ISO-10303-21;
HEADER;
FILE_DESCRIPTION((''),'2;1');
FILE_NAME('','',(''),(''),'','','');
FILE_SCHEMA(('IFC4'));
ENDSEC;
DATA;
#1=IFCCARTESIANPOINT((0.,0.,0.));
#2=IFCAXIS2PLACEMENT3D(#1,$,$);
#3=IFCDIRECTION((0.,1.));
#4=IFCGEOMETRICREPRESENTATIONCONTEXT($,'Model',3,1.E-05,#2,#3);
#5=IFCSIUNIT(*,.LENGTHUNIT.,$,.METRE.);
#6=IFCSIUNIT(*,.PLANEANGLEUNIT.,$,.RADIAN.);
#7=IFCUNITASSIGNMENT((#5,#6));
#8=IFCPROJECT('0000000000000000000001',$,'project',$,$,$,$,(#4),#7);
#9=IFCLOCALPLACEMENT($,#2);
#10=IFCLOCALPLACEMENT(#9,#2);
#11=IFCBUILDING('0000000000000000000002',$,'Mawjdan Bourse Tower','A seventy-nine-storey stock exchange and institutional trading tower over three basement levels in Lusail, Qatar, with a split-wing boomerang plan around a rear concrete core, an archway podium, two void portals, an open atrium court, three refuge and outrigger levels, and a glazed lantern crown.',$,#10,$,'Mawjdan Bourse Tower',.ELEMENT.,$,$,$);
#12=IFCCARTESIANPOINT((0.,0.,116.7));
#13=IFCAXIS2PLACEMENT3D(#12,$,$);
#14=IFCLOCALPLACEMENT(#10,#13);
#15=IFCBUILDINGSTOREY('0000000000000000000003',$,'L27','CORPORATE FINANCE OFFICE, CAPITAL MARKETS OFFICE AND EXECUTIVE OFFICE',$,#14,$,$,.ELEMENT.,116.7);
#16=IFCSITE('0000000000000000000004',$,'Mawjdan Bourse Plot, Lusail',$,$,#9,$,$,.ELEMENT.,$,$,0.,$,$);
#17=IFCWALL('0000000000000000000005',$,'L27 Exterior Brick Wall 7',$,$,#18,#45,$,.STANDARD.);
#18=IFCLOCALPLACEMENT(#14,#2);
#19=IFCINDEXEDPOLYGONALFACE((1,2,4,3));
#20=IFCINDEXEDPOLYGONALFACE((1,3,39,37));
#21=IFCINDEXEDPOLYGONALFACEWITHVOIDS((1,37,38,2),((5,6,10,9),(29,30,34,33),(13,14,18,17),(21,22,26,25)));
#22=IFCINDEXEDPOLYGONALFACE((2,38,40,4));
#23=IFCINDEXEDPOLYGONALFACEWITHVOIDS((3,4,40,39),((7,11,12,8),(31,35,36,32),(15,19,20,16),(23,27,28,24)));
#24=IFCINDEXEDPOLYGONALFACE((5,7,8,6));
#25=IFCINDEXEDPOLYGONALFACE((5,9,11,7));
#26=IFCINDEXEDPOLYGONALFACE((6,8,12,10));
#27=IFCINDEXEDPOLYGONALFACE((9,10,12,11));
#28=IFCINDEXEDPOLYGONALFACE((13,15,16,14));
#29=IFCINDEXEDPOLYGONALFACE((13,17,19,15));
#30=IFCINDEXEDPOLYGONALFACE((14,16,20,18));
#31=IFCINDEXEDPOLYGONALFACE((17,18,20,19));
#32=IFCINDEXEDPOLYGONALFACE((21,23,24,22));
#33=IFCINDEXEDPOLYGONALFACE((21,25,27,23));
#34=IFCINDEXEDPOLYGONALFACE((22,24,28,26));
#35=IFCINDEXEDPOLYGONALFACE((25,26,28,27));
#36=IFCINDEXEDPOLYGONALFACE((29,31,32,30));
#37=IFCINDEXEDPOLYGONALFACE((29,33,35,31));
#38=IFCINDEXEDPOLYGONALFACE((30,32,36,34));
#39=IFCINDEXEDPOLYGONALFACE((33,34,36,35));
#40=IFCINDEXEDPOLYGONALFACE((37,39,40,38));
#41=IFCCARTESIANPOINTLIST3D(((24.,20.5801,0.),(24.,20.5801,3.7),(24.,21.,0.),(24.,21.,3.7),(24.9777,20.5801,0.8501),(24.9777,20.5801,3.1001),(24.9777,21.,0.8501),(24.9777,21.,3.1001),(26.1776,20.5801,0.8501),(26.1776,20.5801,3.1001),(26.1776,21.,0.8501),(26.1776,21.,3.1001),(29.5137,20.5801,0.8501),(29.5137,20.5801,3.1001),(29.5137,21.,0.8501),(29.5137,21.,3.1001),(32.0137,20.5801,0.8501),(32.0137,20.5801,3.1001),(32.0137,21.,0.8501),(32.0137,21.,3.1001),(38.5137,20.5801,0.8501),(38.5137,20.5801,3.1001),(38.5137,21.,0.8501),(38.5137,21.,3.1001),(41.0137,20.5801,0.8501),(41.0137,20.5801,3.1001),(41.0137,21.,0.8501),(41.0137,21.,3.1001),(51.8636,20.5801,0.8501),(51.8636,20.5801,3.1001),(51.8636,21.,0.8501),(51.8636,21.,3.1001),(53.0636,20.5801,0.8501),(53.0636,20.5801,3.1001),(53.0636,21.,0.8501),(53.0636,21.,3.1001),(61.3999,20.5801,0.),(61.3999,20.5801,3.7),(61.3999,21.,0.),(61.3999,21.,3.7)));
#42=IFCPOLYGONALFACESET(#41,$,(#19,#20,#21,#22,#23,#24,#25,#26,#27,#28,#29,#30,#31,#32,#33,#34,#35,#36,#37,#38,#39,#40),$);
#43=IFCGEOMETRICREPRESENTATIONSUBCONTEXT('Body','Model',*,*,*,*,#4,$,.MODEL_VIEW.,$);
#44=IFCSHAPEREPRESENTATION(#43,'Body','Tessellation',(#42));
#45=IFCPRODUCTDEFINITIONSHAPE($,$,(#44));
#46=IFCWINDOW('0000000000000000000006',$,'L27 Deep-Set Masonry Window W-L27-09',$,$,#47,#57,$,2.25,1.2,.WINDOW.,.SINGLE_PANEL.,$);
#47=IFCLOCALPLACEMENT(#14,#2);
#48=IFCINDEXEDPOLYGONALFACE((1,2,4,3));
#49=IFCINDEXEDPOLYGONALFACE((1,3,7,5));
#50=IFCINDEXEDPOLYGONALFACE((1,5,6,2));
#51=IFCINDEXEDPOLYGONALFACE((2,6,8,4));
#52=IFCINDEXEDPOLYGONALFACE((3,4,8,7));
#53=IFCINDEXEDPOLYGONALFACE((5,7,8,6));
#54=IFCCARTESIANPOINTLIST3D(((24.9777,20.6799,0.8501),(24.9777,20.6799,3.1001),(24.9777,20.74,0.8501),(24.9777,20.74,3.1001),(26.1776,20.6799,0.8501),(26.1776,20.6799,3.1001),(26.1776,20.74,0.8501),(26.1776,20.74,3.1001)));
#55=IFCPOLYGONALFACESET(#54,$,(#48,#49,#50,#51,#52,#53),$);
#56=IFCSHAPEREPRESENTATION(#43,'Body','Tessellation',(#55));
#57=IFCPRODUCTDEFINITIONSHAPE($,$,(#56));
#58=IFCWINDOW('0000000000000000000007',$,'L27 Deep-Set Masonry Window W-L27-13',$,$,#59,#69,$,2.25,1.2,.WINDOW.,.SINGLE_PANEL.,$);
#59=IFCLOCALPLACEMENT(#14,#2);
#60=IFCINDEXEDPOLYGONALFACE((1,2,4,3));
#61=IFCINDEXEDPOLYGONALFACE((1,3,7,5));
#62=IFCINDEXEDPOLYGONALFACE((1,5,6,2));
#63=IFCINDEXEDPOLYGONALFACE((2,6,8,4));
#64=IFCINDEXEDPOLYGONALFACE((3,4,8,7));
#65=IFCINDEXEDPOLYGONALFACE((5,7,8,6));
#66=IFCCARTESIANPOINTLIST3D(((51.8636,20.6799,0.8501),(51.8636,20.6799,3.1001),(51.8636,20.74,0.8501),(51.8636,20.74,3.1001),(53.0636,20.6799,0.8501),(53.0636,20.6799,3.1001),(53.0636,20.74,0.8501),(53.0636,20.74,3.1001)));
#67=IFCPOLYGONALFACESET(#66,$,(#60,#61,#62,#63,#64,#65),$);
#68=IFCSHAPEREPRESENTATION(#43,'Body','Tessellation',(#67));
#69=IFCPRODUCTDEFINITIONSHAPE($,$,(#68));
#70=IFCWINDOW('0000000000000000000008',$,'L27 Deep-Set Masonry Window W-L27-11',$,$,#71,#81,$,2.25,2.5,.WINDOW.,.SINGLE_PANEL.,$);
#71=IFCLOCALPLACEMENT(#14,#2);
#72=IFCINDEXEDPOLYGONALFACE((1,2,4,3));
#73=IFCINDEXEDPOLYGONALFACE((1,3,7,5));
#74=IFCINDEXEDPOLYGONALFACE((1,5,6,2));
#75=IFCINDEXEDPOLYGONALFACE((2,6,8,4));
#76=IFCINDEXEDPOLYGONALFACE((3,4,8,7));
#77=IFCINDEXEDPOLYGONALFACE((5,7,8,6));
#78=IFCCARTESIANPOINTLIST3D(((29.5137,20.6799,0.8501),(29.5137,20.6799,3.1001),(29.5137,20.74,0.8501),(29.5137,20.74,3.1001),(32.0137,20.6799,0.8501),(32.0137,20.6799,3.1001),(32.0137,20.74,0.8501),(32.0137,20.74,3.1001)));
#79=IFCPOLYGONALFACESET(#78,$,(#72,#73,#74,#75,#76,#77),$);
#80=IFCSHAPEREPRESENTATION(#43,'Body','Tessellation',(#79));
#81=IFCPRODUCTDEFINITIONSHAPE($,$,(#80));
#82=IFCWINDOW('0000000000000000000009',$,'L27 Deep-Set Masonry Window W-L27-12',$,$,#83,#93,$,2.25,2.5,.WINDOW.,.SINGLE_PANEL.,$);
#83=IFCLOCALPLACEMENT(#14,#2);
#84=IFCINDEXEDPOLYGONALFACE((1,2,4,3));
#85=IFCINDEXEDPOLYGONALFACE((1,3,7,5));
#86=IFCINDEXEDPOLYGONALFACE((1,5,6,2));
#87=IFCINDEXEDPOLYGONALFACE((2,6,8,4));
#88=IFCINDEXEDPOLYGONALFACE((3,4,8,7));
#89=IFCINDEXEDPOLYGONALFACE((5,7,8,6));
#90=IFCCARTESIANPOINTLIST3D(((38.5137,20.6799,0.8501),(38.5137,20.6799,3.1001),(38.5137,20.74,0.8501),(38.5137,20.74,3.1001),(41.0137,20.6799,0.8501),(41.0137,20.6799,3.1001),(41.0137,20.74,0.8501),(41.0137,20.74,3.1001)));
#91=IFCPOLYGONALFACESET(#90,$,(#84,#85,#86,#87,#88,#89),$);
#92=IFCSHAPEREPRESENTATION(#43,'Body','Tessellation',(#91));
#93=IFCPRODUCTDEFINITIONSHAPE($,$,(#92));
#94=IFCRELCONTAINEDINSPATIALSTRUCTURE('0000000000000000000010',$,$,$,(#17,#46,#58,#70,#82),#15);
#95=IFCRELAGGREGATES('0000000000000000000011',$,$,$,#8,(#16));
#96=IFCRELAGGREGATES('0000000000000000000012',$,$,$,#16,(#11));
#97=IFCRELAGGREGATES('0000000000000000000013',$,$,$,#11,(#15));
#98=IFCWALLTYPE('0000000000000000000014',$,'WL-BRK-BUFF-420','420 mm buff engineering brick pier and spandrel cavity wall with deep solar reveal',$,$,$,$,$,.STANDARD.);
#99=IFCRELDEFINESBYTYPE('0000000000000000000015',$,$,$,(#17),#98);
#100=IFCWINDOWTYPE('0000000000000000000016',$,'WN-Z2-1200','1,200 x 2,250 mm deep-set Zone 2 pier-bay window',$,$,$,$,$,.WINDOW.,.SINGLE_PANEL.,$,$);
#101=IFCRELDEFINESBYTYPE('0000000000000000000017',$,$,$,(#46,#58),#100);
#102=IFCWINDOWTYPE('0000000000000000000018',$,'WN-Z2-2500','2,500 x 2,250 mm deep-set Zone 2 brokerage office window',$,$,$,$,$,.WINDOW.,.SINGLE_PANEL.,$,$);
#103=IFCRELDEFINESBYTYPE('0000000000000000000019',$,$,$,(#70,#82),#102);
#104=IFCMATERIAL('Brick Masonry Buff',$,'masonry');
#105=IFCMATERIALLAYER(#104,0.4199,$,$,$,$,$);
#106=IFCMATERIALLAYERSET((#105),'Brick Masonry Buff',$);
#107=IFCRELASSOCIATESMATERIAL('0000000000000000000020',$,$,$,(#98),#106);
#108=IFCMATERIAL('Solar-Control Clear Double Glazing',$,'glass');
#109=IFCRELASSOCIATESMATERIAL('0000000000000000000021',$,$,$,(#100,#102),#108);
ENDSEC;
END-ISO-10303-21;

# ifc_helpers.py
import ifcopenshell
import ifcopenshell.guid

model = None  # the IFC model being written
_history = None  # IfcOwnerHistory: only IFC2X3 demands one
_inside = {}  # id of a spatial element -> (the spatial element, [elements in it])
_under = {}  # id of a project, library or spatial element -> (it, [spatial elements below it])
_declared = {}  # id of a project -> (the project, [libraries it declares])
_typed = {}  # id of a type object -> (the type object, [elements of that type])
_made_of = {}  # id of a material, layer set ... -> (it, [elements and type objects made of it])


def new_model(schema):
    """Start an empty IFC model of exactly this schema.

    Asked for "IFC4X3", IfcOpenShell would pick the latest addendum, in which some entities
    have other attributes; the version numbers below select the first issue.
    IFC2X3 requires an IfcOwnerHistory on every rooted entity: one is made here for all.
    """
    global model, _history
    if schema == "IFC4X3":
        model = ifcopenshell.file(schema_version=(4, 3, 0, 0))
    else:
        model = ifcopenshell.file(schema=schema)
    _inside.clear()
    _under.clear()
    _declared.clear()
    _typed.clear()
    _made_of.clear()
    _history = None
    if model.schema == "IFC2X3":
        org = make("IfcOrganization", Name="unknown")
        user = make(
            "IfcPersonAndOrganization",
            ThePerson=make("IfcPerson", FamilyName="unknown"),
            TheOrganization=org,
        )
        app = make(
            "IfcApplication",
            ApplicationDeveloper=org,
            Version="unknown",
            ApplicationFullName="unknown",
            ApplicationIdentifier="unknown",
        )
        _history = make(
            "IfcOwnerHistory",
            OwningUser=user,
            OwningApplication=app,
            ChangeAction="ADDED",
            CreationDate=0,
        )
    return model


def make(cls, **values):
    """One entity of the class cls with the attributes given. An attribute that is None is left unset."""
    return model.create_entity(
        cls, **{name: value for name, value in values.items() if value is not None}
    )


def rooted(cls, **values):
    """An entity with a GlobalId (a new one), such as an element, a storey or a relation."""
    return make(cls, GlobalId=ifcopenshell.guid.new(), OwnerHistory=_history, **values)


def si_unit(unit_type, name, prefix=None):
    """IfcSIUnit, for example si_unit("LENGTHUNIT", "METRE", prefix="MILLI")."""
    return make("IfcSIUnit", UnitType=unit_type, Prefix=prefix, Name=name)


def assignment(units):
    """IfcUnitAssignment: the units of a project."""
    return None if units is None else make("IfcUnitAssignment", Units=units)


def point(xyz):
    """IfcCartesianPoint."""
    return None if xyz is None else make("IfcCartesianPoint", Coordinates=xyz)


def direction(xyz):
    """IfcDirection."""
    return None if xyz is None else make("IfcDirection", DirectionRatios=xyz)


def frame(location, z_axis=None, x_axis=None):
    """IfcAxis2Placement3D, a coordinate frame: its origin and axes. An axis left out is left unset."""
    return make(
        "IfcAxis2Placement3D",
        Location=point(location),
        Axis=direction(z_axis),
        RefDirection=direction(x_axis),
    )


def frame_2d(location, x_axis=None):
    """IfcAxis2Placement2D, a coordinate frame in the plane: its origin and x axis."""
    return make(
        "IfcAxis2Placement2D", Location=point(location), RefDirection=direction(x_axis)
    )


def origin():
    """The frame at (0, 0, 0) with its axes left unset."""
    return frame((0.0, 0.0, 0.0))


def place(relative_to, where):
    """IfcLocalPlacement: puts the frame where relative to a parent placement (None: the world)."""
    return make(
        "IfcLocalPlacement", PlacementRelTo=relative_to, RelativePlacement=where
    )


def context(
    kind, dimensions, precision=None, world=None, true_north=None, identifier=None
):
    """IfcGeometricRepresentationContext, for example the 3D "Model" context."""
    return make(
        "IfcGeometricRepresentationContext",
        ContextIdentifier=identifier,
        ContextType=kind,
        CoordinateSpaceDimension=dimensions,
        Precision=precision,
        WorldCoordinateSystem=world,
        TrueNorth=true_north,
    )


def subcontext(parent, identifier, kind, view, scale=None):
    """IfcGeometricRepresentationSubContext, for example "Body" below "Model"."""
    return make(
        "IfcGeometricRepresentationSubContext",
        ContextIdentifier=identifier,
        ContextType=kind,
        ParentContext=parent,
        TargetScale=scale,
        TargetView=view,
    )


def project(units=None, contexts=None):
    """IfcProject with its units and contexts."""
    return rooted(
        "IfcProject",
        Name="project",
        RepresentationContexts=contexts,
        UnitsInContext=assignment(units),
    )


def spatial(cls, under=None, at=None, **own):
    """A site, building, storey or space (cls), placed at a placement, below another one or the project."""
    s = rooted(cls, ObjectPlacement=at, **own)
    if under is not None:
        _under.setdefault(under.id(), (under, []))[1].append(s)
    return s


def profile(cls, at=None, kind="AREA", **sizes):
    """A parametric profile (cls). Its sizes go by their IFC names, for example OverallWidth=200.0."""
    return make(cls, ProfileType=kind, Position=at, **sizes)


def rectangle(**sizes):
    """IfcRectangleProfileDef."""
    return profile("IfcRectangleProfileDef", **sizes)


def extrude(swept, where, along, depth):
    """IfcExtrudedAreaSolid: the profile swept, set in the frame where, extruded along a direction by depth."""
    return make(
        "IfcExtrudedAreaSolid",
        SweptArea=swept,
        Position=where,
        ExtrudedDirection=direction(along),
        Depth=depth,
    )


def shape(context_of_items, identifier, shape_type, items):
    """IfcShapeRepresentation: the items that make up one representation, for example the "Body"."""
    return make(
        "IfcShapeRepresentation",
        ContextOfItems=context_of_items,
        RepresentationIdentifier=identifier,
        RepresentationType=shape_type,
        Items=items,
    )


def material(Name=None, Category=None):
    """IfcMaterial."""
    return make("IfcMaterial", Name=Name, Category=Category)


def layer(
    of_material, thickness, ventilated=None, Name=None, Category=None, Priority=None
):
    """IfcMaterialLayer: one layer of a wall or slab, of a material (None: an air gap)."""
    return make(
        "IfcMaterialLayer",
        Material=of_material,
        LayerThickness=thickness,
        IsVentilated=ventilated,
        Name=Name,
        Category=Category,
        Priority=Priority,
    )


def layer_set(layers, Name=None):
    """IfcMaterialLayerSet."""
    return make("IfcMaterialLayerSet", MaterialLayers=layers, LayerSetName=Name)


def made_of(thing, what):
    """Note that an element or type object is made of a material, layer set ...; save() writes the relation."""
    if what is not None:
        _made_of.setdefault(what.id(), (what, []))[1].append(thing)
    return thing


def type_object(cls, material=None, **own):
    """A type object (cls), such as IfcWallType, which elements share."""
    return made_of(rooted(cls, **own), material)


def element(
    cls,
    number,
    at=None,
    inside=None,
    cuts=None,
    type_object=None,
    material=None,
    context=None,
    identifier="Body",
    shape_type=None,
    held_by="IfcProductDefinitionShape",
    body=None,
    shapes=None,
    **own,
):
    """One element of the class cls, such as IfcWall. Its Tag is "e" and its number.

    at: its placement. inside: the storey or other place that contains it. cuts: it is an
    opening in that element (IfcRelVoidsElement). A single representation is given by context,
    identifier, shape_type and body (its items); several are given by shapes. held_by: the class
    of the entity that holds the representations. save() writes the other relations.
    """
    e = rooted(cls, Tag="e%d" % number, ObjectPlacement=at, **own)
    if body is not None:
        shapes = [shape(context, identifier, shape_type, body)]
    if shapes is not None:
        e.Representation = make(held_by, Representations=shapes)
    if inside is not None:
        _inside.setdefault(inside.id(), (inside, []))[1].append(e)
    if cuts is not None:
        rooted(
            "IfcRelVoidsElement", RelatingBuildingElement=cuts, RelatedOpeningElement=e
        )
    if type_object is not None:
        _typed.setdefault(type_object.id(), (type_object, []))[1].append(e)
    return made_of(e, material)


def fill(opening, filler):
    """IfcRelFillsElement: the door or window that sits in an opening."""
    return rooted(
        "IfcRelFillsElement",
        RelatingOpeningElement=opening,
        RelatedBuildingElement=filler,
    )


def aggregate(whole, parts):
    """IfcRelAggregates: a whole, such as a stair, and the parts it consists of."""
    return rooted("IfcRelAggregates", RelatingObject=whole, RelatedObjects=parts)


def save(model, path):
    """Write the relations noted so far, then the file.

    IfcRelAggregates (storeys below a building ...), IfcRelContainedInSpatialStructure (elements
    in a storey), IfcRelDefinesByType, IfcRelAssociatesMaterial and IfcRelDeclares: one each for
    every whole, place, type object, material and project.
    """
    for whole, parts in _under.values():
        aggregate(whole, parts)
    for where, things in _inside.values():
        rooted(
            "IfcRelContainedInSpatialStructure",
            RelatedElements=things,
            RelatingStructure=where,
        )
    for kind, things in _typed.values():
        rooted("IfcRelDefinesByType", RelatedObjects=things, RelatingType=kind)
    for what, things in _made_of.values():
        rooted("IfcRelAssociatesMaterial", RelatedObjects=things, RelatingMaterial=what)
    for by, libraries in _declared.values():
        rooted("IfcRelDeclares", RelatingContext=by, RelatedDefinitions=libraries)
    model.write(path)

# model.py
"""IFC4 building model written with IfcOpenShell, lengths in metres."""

from ifc_helpers import new_model, si_unit, direction, frame, frame_2d, origin, place, context, subcontext, project, spatial, rectangle, extrude, material, layer, layer_set, type_object, element, fill, save


model = new_model("IFC4")

# Units and contexts
model_context = context("Model", 3, precision=1e-05, world=origin(), true_north=direction((0.0, 1.0)))
body_context = subcontext(model_context, "Body", "Model", "MODEL_VIEW")
ifc_project = project(units=[si_unit("LENGTHUNIT", "METRE"), si_unit("PLANEANGLEUNIT", "RADIAN")], contexts=[model_context])

# Site, building, storey
site_placement = place(None, origin())
site = spatial("IfcSite", under=ifc_project, at=site_placement, Name="Mawjdan Bourse Plot, Lusail", CompositionType="ELEMENT", RefElevation=0.0)
building_placement = place(site_placement, origin())
building = spatial("IfcBuilding", under=site, at=building_placement, Name="Mawjdan Bourse Tower", Description="A seventy-nine-storey stock exchange and institutional trading tower over three basement levels in Lusail, Qatar, with a split-wing boomerang plan around a rear concrete core, an archway podium, two void portals, an open atrium court, three refuge and outrigger levels, and a glazed lantern crown.", LongName="Mawjdan Bourse Tower", CompositionType="ELEMENT")
storey_placement = place(building_placement, frame((0.0, 0.0, 116.7)))
storey = spatial("IfcBuildingStorey", under=building, at=storey_placement, Name="L27", Description="CORPORATE FINANCE OFFICE, CAPITAL MARKETS OFFICE AND EXECUTIVE OFFICE", CompositionType="ELEMENT", Elevation=116.7)

# Shared definitions
ifc_material_1 = material(Name="Brick Masonry Buff", Category="masonry")
ifc_layer = layer(ifc_material_1, 0.4199)
ifc_layer_set = layer_set([ifc_layer], Name="Brick Masonry Buff")
wall_type = type_object("IfcWallType", Name="WL-BRK-BUFF-420", Description="420 mm buff engineering brick pier and spandrel cavity wall with deep solar reveal", PredefinedType="STANDARD", material=ifc_layer_set)

# Wall, openings, windows
wall_placement = place(storey_placement, frame((61.3999, 20.79, 0.0), z_axis=(0.0, 0.0, 1.0), x_axis=(-1.0, 0.0, 0.0)))
wall = element("IfcWall", 1, at=wall_placement, inside=storey, type_object=wall_type, Name="L27 Exterior Brick Wall 7", PredefinedType="STANDARD", context=body_context, shape_type="SweptSolid", body=[
    extrude(rectangle(XDim=37.3999, YDim=0.4199, at=frame_2d((18.7, 0.0))), origin(), (0.0, 0.0, 1.0), 3.7),
])
opening_1_placement = place(wall_placement, frame((35.2222, 0.0, 0.8501)))
opening_1 = element("IfcOpeningElement", 2, at=opening_1_placement, cuts=wall, PredefinedType="OPENING", context=body_context, shape_type="SweptSolid", body=[
    extrude(rectangle(XDim=1.2, YDim=2.25, at=frame_2d((0.6001, 1.125))), frame((0.0, 0.22, 0.0), z_axis=(0.0, -1.0, 0.0), x_axis=(1.0, 0.0, 0.0)), (0.0, 0.0, 1.0), 0.4399),
])
opening_2_placement = place(wall_placement, frame((29.3862, 0.0, 0.8501)))
opening_2 = element("IfcOpeningElement", 3, at=opening_2_placement, cuts=wall, PredefinedType="OPENING", context=body_context, shape_type="SweptSolid", body=[
    extrude(rectangle(XDim=2.5, YDim=2.25, at=frame_2d((1.25, 1.125))), frame((0.0, 0.22, 0.0), z_axis=(0.0, -1.0, 0.0), x_axis=(1.0, 0.0, 0.0)), (0.0, 0.0, 1.0), 0.4399),
])
opening_3_placement = place(wall_placement, frame((20.3862, 0.0, 0.8501)))
opening_3 = element("IfcOpeningElement", 4, at=opening_3_placement, cuts=wall, PredefinedType="OPENING", context=body_context, shape_type="SweptSolid", body=[
    extrude(rectangle(XDim=2.5, YDim=2.25, at=frame_2d((1.25, 1.125))), frame((0.0, 0.22, 0.0), z_axis=(0.0, -1.0, 0.0), x_axis=(1.0, 0.0, 0.0)), (0.0, 0.0, 1.0), 0.4399),
])
opening_4_placement = place(wall_placement, frame((8.3362, 0.0, 0.8501)))
opening_4 = element("IfcOpeningElement", 5, at=opening_4_placement, cuts=wall, PredefinedType="OPENING", context=body_context, shape_type="SweptSolid", body=[
    extrude(rectangle(XDim=1.2, YDim=2.25, at=frame_2d((0.6001, 1.125))), frame((0.0, 0.22, 0.0), z_axis=(0.0, -1.0, 0.0), x_axis=(1.0, 0.0, 0.0)), (0.0, 0.0, 1.0), 0.4399),
])
ifc_material_2 = material(Name="Solar-Control Clear Double Glazing", Category="glass")
window_type_1 = type_object("IfcWindowType", Name="WN-Z2-1200", Description="1,200 x 2,250 mm deep-set Zone 2 pier-bay window", PartitioningType="SINGLE_PANEL", PredefinedType="WINDOW", material=ifc_material_2)
window_1_placement = place(opening_1_placement, origin())
window_1 = element("IfcWindow", 6, at=window_1_placement, inside=storey, type_object=window_type_1, Name="L27 Deep-Set Masonry Window W-L27-09", OverallHeight=2.25, OverallWidth=1.2, PartitioningType="SINGLE_PANEL", PredefinedType="WINDOW", context=body_context, shape_type="SweptSolid", body=[
    extrude(rectangle(XDim=1.2, YDim=2.25, at=frame_2d((0.6001, 1.125))), frame((0.0, 0.1101, 0.0), z_axis=(0.0, -1.0, 0.0), x_axis=(1.0, 0.0, 0.0)), (0.0, 0.0, 1.0), 0.0601),
])
fill(opening_1, window_1)
window_2_placement = place(opening_4_placement, origin())
window_2 = element("IfcWindow", 7, at=window_2_placement, inside=storey, type_object=window_type_1, Name="L27 Deep-Set Masonry Window W-L27-13", OverallHeight=2.25, OverallWidth=1.2, PartitioningType="SINGLE_PANEL", PredefinedType="WINDOW", context=body_context, shape_type="SweptSolid", body=[
    extrude(rectangle(XDim=1.2, YDim=2.25, at=frame_2d((0.6001, 1.125))), frame((0.0, 0.1101, 0.0), z_axis=(0.0, -1.0, 0.0), x_axis=(1.0, 0.0, 0.0)), (0.0, 0.0, 1.0), 0.0601),
])
fill(opening_4, window_2)
window_type_2 = type_object("IfcWindowType", Name="WN-Z2-2500", Description="2,500 x 2,250 mm deep-set Zone 2 brokerage office window", PartitioningType="SINGLE_PANEL", PredefinedType="WINDOW", material=ifc_material_2)
window_3_placement = place(opening_2_placement, origin())
window_3 = element("IfcWindow", 8, at=window_3_placement, inside=storey, type_object=window_type_2, Name="L27 Deep-Set Masonry Window W-L27-11", OverallHeight=2.25, OverallWidth=2.5, PartitioningType="SINGLE_PANEL", PredefinedType="WINDOW", context=body_context, shape_type="SweptSolid", body=[
    extrude(rectangle(XDim=2.5, YDim=2.25, at=frame_2d((1.25, 1.125))), frame((0.0, 0.1101, 0.0), z_axis=(0.0, -1.0, 0.0), x_axis=(1.0, 0.0, 0.0)), (0.0, 0.0, 1.0), 0.0601),
])
fill(opening_2, window_3)
window_4_placement = place(opening_3_placement, origin())
window_4 = element("IfcWindow", 9, at=window_4_placement, inside=storey, type_object=window_type_2, Name="L27 Deep-Set Masonry Window W-L27-12", OverallHeight=2.25, OverallWidth=2.5, PartitioningType="SINGLE_PANEL", PredefinedType="WINDOW", context=body_context, shape_type="SweptSolid", body=[
    extrude(rectangle(XDim=2.5, YDim=2.25, at=frame_2d((1.25, 1.125))), frame((0.0, 0.1101, 0.0), z_axis=(0.0, -1.0, 0.0), x_axis=(1.0, 0.0, 0.0)), (0.0, 0.0, 1.0), 0.0601),
])
fill(opening_3, window_4)

save(model, "model.ifc")
